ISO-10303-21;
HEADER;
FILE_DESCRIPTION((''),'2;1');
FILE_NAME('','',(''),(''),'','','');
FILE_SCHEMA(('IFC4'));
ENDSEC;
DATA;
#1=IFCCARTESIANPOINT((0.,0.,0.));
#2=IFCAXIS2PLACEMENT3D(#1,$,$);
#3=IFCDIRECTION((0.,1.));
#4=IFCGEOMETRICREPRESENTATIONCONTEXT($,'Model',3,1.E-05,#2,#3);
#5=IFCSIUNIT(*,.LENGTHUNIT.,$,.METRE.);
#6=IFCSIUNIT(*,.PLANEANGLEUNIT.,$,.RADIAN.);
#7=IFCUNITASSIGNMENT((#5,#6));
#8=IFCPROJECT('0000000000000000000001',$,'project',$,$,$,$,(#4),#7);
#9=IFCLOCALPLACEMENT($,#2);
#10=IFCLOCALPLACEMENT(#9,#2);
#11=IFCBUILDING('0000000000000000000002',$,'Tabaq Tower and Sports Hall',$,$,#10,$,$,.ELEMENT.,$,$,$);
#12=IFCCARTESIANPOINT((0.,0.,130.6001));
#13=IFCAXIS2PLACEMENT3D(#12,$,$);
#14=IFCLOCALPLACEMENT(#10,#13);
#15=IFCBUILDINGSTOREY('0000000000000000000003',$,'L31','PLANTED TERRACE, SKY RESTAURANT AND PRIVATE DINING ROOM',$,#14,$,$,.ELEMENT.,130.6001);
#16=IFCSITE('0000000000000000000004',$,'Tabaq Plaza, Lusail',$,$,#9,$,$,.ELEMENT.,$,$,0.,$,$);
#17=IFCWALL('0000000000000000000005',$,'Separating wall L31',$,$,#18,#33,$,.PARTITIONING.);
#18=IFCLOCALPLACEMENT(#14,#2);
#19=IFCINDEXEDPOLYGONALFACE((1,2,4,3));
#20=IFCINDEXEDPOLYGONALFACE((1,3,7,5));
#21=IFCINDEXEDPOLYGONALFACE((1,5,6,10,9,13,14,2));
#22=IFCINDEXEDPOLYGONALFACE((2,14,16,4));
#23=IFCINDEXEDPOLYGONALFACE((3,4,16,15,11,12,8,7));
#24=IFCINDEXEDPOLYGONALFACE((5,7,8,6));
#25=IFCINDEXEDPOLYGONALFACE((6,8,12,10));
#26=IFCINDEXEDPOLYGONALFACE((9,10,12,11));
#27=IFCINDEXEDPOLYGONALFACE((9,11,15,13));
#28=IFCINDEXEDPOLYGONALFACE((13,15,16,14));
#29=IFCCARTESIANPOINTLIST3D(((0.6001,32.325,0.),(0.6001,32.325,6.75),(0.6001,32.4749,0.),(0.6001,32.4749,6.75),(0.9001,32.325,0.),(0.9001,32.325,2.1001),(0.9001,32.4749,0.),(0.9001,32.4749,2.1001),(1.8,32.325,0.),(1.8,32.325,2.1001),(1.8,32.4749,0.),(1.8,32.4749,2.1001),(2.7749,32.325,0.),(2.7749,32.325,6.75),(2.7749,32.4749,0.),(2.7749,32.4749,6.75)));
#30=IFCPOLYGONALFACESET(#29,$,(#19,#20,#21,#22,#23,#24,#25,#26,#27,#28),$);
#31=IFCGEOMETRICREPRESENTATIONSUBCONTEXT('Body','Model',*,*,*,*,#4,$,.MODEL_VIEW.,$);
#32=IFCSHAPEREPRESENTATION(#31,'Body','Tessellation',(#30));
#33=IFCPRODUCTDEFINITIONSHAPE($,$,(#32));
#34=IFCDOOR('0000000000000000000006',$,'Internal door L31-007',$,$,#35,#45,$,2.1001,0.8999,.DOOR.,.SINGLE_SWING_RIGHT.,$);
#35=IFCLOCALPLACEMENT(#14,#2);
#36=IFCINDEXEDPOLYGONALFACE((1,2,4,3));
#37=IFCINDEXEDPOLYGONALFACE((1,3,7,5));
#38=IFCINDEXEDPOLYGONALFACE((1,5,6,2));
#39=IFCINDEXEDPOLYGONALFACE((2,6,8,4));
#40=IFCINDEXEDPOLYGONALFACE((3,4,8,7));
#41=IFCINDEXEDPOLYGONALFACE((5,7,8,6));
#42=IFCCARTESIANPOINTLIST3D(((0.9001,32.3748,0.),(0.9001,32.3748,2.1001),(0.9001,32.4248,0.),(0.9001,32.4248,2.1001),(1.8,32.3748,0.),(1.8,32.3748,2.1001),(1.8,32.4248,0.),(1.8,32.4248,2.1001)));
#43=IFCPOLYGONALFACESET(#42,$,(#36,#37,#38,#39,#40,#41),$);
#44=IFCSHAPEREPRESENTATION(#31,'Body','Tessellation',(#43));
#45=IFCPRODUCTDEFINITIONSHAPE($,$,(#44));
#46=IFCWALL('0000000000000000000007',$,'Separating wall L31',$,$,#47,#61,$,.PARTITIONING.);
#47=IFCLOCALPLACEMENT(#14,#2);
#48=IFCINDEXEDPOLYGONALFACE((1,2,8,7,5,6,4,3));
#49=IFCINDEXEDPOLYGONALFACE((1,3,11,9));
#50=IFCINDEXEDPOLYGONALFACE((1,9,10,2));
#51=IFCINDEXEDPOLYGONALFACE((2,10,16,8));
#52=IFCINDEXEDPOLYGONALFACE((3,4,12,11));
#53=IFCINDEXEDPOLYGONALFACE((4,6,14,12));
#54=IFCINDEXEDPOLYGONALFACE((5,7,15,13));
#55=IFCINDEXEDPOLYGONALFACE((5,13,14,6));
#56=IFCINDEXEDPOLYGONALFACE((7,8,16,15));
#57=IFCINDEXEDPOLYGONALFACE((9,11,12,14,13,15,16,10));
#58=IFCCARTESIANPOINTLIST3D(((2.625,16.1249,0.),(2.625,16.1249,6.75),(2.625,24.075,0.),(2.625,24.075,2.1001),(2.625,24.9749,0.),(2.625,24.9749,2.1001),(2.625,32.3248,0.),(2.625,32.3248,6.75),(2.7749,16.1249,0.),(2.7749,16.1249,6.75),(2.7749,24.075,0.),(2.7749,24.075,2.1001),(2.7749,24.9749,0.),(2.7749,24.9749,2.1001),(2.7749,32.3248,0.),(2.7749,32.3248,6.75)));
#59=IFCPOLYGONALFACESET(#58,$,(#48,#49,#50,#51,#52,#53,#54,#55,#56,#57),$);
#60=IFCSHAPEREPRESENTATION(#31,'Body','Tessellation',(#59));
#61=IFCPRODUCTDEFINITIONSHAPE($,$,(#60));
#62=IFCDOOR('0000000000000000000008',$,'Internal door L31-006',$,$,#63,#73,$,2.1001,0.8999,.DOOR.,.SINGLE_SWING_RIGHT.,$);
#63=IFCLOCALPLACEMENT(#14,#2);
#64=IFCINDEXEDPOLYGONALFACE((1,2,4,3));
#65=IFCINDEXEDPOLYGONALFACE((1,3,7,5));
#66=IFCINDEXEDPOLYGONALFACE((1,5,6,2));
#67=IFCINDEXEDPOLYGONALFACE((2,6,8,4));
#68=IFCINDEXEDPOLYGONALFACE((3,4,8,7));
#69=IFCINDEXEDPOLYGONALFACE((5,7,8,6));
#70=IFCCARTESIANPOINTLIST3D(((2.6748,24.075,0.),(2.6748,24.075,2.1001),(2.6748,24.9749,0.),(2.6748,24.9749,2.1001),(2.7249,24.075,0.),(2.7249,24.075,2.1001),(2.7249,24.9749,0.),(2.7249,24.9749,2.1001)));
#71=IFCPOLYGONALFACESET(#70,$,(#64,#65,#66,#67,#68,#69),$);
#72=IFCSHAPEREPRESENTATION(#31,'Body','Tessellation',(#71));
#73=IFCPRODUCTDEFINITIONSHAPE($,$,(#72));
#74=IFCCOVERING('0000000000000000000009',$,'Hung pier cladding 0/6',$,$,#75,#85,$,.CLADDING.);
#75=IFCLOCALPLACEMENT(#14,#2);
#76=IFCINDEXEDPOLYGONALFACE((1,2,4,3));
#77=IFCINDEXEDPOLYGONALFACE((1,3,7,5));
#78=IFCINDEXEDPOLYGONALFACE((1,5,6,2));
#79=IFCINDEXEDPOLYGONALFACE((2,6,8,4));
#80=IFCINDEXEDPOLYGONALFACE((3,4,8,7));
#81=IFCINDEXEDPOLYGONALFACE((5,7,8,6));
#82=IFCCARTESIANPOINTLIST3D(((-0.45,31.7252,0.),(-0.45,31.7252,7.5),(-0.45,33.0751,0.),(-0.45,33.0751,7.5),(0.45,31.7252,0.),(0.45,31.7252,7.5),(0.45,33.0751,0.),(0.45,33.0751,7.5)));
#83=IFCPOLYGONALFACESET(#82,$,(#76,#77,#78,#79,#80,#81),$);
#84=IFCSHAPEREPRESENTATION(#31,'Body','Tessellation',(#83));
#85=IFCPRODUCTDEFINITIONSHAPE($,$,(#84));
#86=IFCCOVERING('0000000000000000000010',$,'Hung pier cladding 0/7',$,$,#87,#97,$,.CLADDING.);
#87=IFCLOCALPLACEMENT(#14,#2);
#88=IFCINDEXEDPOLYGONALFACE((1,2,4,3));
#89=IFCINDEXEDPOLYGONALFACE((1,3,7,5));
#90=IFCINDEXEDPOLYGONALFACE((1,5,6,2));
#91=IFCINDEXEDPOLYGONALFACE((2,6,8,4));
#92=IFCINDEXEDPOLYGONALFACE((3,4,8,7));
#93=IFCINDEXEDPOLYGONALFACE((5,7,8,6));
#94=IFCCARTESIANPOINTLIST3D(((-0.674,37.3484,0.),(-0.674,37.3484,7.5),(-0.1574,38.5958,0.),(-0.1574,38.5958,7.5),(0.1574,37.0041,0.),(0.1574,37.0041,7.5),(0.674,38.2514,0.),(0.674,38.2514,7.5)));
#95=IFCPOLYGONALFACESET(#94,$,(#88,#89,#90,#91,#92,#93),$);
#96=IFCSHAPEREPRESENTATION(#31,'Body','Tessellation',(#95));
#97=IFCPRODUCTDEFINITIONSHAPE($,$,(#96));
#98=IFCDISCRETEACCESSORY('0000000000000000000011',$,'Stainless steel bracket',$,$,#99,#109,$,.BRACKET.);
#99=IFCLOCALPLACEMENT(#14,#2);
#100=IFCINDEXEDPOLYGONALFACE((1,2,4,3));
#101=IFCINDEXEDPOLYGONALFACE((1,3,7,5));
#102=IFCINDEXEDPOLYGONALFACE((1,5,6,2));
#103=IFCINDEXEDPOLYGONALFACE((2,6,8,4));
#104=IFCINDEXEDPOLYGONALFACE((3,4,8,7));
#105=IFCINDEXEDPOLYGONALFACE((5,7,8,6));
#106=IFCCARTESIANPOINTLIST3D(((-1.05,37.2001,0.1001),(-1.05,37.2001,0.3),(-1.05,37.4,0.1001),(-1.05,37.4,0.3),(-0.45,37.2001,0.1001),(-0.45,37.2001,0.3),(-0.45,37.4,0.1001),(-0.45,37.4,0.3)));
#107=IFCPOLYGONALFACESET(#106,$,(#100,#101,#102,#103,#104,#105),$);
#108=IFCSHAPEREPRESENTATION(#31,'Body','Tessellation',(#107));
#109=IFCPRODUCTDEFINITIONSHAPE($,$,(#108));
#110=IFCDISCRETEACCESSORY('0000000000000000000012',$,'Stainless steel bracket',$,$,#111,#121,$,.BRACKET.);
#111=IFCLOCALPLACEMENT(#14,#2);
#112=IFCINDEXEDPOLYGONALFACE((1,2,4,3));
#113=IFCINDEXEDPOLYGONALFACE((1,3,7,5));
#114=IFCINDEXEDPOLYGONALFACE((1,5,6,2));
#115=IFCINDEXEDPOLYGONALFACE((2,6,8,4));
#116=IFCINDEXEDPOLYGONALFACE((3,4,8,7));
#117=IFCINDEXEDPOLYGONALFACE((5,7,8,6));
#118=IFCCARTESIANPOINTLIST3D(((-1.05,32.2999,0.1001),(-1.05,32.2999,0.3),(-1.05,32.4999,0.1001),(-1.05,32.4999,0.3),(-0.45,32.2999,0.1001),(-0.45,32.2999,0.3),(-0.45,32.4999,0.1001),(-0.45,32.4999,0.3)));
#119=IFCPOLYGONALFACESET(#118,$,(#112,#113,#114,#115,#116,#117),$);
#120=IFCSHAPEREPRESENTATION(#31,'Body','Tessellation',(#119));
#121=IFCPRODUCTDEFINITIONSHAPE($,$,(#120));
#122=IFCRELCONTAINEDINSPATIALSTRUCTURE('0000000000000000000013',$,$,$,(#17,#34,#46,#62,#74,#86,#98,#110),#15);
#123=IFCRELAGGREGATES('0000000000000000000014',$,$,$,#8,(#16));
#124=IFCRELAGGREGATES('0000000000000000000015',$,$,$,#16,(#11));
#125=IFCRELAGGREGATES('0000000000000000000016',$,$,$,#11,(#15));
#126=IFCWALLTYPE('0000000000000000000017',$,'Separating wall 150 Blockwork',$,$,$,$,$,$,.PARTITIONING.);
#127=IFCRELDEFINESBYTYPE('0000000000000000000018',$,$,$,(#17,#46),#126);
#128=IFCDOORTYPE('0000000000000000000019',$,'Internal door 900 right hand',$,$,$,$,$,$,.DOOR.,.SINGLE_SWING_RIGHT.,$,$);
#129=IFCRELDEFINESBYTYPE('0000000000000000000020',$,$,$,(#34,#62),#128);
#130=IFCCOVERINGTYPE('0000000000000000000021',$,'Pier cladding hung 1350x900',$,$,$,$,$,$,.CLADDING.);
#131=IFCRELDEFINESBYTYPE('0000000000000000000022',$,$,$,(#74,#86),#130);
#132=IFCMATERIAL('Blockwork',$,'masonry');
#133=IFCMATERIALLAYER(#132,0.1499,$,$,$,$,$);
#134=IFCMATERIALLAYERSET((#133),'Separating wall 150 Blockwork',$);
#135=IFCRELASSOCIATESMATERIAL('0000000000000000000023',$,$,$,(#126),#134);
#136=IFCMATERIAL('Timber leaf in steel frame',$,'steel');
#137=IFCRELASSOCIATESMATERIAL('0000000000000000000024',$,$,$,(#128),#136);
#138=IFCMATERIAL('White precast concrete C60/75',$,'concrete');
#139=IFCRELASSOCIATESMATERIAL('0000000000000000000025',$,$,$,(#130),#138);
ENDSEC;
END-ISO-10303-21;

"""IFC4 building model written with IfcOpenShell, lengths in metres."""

from ifc_helpers import new_model, si_unit, direction, frame, frame_2d, origin, origin_2d, place, context, subcontext, project, spatial, rectangle, extrude, material, layer, layer_set, type_object, element, fill, save


model = new_model("IFC4")

# Units and contexts
model_context = context("Model", 3, precision=1e-05, world=origin(), true_north=direction((0.0, 1.0)))
body_context = subcontext(model_context, "Body", "Model", "MODEL_VIEW")
ifc_project = project(units=[si_unit("LENGTHUNIT", "METRE"), si_unit("PLANEANGLEUNIT", "RADIAN")], contexts=[model_context])

# Site, building, storey
site_placement = place(None, origin())
site = spatial("IfcSite", under=ifc_project, at=site_placement, Name="Tabaq Plaza, Lusail", CompositionType="ELEMENT", RefElevation=0.0)
building_placement = place(site_placement, origin())
building = spatial("IfcBuilding", under=site, at=building_placement, Name="Tabaq Tower and Sports Hall", CompositionType="ELEMENT")
storey_placement = place(building_placement, frame((0.0, 0.0, 130.6001)))
storey = spatial("IfcBuildingStorey", under=building, at=storey_placement, Name="L31", Description="PLANTED TERRACE, SKY RESTAURANT AND PRIVATE DINING ROOM", CompositionType="ELEMENT", Elevation=130.6001)

# Walls, openings, doors
ifc_material_1 = material(Name="Blockwork", Category="masonry")
ifc_layer_1 = layer(ifc_material_1, 0.1499)
ifc_layer_set_1 = layer_set([ifc_layer_1], Name="Separating wall 150 Blockwork")
wall_type_1 = type_object("IfcWallType", Name="Separating wall 150 Blockwork", PredefinedType="PARTITIONING", material=ifc_layer_set_1)
wall_1_placement = place(storey_placement, frame((0.6001, 32.3999, 0.0), z_axis=(0.0, 0.0, 1.0), x_axis=(1.0, 0.0, 0.0)))
wall_1 = element("IfcWall", 1, at=wall_1_placement, inside=storey, type_object=wall_type_1, Name="Separating wall L31", PredefinedType="PARTITIONING", context=body_context, shape_type="SweptSolid", body=[
    extrude(rectangle(XDim=2.1748, YDim=0.1499, at=frame_2d((1.0874, 0.0))), origin(), (0.0, 0.0, 1.0), 6.75),
])
opening_1_placement = place(wall_1_placement, frame((0.3, 0.0, 0.0)))
opening_1 = element("IfcOpeningElement", 2, at=opening_1_placement, cuts=wall_1, PredefinedType="OPENING", context=body_context, shape_type="SweptSolid", body=[
    extrude(rectangle(XDim=0.8999, YDim=2.1001, at=frame_2d((0.45, 1.05))), frame((0.0, 0.075, 0.0), z_axis=(0.0, -1.0, 0.0), x_axis=(1.0, 0.0, 0.0)), (0.0, 0.0, 1.0), 0.1499),
])
ifc_material_2 = material(Name="Timber leaf in steel frame", Category="steel")
door_type_1 = type_object("IfcDoorType", Name="Internal door 900 right hand", OperationType="SINGLE_SWING_RIGHT", PredefinedType="DOOR", material=ifc_material_2)
door_1_placement = place(opening_1_placement, origin())
door_1 = element("IfcDoor", 3, at=door_1_placement, inside=storey, type_object=door_type_1, Name="Internal door L31-007", OperationType="SINGLE_SWING_RIGHT", OverallHeight=2.1001, OverallWidth=0.8999, PredefinedType="DOOR", context=body_context, shape_type="SweptSolid", body=[
    extrude(rectangle(XDim=0.8999, YDim=2.1001, at=frame_2d((0.45, 1.05))), frame((0.0, 0.0249, 0.0), z_axis=(0.0, -1.0, 0.0), x_axis=(1.0, 0.0, 0.0)), (0.0, 0.0, 1.0), 0.05),
])
fill(opening_1, door_1)
wall_2_placement = place(storey_placement, frame((2.7, 32.325, 0.0), z_axis=(0.0, 0.0, 1.0), x_axis=(0.0, -1.0, 0.0)))
wall_2 = element("IfcWall", 4, at=wall_2_placement, inside=storey, type_object=wall_type_1, Name="Separating wall L31", PredefinedType="PARTITIONING", context=body_context, shape_type="SweptSolid", body=[
    extrude(rectangle(XDim=16.2, YDim=0.1499, at=frame_2d((8.1001, 0.0))), origin(), (0.0, 0.0, 1.0), 6.75),
])
opening_2_placement = place(wall_2_placement, frame((7.3501, 0.0, 0.0)))
opening_2 = element("IfcOpeningElement", 5, at=opening_2_placement, cuts=wall_2, PredefinedType="OPENING", context=body_context, shape_type="SweptSolid", body=[
    extrude(rectangle(XDim=0.8999, YDim=2.1001, at=frame_2d((0.45, 1.05))), frame((0.0, 0.075, 0.0), z_axis=(0.0, -1.0, 0.0), x_axis=(1.0, 0.0, 0.0)), (0.0, 0.0, 1.0), 0.1499),
])
door_2_placement = place(opening_2_placement, origin())
door_2 = element("IfcDoor", 6, at=door_2_placement, inside=storey, type_object=door_type_1, Name="Internal door L31-006", OperationType="SINGLE_SWING_RIGHT", OverallHeight=2.1001, OverallWidth=0.8999, PredefinedType="DOOR", context=body_context, shape_type="SweptSolid", body=[
    extrude(rectangle(XDim=0.8999, YDim=2.1001, at=frame_2d((0.45, 1.05))), frame((0.0, 0.0249, 0.0), z_axis=(0.0, -1.0, 0.0), x_axis=(1.0, 0.0, 0.0)), (0.0, 0.0, 1.0), 0.05),
])
fill(opening_2, door_2)

# Coverings
ifc_material_3 = material(Name="White precast concrete C60/75", Category="concrete")
covering_type_1 = type_object("IfcCoveringType", Name="Pier cladding hung 1350x900", PredefinedType="CLADDING", material=ifc_material_3)
covering_1_placement = place(storey_placement, frame((0.0, 33.075, 0.0), z_axis=(0.0, 0.0, 1.0), x_axis=(0.0, -1.0, 0.0)))
element("IfcCovering", 7, at=covering_1_placement, inside=storey, type_object=covering_type_1, Name="Hung pier cladding 0/6", PredefinedType="CLADDING", context=body_context, shape_type="SweptSolid", body=[
    extrude(rectangle(XDim=1.3499, YDim=0.8999, at=frame_2d((0.6748, 0.0))), origin(), (0.0, 0.0, 1.0), 7.5),
])
covering_2_placement = place(storey_placement, frame((0.2583, 38.4236, 0.0), z_axis=(0.0, 0.0, 1.0), x_axis=(-0.38265, -0.923893, 0.0)))
element("IfcCovering", 8, at=covering_2_placement, inside=storey, type_object=covering_type_1, Name="Hung pier cladding 0/7", PredefinedType="CLADDING", context=body_context, shape_type="SweptSolid", body=[
    extrude(rectangle(XDim=1.3501, YDim=0.8999, at=frame_2d((0.675, 0.0))), origin(), (0.0, 0.0, 1.0), 7.5),
])

# Discrete accessories
for number, where, z_axis, x_axis, name in (
    (9, (-0.75, 37.3, 0.1001), (0.0, 0.0, 1.0), (-1.0, 0.0, 0.0), "Stainless steel bracket"),
    (10, (-0.75, 32.3999, 0.1001), (0.0, 0.0, 1.0), (-1.0, 0.0, 0.0), "Stainless steel bracket"),
):
    element("IfcDiscreteAccessory", number, at=place(storey_placement, frame(where, z_axis=z_axis, x_axis=x_axis)), inside=storey, Name=name, PredefinedType="BRACKET", context=body_context, shape_type="SweptSolid", body=[
        extrude(rectangle(XDim=0.6001, YDim=0.2, at=origin_2d()), origin(), (0.0, 0.0, 1.0), 0.2),
    ])

save(model, "model.ifc")
